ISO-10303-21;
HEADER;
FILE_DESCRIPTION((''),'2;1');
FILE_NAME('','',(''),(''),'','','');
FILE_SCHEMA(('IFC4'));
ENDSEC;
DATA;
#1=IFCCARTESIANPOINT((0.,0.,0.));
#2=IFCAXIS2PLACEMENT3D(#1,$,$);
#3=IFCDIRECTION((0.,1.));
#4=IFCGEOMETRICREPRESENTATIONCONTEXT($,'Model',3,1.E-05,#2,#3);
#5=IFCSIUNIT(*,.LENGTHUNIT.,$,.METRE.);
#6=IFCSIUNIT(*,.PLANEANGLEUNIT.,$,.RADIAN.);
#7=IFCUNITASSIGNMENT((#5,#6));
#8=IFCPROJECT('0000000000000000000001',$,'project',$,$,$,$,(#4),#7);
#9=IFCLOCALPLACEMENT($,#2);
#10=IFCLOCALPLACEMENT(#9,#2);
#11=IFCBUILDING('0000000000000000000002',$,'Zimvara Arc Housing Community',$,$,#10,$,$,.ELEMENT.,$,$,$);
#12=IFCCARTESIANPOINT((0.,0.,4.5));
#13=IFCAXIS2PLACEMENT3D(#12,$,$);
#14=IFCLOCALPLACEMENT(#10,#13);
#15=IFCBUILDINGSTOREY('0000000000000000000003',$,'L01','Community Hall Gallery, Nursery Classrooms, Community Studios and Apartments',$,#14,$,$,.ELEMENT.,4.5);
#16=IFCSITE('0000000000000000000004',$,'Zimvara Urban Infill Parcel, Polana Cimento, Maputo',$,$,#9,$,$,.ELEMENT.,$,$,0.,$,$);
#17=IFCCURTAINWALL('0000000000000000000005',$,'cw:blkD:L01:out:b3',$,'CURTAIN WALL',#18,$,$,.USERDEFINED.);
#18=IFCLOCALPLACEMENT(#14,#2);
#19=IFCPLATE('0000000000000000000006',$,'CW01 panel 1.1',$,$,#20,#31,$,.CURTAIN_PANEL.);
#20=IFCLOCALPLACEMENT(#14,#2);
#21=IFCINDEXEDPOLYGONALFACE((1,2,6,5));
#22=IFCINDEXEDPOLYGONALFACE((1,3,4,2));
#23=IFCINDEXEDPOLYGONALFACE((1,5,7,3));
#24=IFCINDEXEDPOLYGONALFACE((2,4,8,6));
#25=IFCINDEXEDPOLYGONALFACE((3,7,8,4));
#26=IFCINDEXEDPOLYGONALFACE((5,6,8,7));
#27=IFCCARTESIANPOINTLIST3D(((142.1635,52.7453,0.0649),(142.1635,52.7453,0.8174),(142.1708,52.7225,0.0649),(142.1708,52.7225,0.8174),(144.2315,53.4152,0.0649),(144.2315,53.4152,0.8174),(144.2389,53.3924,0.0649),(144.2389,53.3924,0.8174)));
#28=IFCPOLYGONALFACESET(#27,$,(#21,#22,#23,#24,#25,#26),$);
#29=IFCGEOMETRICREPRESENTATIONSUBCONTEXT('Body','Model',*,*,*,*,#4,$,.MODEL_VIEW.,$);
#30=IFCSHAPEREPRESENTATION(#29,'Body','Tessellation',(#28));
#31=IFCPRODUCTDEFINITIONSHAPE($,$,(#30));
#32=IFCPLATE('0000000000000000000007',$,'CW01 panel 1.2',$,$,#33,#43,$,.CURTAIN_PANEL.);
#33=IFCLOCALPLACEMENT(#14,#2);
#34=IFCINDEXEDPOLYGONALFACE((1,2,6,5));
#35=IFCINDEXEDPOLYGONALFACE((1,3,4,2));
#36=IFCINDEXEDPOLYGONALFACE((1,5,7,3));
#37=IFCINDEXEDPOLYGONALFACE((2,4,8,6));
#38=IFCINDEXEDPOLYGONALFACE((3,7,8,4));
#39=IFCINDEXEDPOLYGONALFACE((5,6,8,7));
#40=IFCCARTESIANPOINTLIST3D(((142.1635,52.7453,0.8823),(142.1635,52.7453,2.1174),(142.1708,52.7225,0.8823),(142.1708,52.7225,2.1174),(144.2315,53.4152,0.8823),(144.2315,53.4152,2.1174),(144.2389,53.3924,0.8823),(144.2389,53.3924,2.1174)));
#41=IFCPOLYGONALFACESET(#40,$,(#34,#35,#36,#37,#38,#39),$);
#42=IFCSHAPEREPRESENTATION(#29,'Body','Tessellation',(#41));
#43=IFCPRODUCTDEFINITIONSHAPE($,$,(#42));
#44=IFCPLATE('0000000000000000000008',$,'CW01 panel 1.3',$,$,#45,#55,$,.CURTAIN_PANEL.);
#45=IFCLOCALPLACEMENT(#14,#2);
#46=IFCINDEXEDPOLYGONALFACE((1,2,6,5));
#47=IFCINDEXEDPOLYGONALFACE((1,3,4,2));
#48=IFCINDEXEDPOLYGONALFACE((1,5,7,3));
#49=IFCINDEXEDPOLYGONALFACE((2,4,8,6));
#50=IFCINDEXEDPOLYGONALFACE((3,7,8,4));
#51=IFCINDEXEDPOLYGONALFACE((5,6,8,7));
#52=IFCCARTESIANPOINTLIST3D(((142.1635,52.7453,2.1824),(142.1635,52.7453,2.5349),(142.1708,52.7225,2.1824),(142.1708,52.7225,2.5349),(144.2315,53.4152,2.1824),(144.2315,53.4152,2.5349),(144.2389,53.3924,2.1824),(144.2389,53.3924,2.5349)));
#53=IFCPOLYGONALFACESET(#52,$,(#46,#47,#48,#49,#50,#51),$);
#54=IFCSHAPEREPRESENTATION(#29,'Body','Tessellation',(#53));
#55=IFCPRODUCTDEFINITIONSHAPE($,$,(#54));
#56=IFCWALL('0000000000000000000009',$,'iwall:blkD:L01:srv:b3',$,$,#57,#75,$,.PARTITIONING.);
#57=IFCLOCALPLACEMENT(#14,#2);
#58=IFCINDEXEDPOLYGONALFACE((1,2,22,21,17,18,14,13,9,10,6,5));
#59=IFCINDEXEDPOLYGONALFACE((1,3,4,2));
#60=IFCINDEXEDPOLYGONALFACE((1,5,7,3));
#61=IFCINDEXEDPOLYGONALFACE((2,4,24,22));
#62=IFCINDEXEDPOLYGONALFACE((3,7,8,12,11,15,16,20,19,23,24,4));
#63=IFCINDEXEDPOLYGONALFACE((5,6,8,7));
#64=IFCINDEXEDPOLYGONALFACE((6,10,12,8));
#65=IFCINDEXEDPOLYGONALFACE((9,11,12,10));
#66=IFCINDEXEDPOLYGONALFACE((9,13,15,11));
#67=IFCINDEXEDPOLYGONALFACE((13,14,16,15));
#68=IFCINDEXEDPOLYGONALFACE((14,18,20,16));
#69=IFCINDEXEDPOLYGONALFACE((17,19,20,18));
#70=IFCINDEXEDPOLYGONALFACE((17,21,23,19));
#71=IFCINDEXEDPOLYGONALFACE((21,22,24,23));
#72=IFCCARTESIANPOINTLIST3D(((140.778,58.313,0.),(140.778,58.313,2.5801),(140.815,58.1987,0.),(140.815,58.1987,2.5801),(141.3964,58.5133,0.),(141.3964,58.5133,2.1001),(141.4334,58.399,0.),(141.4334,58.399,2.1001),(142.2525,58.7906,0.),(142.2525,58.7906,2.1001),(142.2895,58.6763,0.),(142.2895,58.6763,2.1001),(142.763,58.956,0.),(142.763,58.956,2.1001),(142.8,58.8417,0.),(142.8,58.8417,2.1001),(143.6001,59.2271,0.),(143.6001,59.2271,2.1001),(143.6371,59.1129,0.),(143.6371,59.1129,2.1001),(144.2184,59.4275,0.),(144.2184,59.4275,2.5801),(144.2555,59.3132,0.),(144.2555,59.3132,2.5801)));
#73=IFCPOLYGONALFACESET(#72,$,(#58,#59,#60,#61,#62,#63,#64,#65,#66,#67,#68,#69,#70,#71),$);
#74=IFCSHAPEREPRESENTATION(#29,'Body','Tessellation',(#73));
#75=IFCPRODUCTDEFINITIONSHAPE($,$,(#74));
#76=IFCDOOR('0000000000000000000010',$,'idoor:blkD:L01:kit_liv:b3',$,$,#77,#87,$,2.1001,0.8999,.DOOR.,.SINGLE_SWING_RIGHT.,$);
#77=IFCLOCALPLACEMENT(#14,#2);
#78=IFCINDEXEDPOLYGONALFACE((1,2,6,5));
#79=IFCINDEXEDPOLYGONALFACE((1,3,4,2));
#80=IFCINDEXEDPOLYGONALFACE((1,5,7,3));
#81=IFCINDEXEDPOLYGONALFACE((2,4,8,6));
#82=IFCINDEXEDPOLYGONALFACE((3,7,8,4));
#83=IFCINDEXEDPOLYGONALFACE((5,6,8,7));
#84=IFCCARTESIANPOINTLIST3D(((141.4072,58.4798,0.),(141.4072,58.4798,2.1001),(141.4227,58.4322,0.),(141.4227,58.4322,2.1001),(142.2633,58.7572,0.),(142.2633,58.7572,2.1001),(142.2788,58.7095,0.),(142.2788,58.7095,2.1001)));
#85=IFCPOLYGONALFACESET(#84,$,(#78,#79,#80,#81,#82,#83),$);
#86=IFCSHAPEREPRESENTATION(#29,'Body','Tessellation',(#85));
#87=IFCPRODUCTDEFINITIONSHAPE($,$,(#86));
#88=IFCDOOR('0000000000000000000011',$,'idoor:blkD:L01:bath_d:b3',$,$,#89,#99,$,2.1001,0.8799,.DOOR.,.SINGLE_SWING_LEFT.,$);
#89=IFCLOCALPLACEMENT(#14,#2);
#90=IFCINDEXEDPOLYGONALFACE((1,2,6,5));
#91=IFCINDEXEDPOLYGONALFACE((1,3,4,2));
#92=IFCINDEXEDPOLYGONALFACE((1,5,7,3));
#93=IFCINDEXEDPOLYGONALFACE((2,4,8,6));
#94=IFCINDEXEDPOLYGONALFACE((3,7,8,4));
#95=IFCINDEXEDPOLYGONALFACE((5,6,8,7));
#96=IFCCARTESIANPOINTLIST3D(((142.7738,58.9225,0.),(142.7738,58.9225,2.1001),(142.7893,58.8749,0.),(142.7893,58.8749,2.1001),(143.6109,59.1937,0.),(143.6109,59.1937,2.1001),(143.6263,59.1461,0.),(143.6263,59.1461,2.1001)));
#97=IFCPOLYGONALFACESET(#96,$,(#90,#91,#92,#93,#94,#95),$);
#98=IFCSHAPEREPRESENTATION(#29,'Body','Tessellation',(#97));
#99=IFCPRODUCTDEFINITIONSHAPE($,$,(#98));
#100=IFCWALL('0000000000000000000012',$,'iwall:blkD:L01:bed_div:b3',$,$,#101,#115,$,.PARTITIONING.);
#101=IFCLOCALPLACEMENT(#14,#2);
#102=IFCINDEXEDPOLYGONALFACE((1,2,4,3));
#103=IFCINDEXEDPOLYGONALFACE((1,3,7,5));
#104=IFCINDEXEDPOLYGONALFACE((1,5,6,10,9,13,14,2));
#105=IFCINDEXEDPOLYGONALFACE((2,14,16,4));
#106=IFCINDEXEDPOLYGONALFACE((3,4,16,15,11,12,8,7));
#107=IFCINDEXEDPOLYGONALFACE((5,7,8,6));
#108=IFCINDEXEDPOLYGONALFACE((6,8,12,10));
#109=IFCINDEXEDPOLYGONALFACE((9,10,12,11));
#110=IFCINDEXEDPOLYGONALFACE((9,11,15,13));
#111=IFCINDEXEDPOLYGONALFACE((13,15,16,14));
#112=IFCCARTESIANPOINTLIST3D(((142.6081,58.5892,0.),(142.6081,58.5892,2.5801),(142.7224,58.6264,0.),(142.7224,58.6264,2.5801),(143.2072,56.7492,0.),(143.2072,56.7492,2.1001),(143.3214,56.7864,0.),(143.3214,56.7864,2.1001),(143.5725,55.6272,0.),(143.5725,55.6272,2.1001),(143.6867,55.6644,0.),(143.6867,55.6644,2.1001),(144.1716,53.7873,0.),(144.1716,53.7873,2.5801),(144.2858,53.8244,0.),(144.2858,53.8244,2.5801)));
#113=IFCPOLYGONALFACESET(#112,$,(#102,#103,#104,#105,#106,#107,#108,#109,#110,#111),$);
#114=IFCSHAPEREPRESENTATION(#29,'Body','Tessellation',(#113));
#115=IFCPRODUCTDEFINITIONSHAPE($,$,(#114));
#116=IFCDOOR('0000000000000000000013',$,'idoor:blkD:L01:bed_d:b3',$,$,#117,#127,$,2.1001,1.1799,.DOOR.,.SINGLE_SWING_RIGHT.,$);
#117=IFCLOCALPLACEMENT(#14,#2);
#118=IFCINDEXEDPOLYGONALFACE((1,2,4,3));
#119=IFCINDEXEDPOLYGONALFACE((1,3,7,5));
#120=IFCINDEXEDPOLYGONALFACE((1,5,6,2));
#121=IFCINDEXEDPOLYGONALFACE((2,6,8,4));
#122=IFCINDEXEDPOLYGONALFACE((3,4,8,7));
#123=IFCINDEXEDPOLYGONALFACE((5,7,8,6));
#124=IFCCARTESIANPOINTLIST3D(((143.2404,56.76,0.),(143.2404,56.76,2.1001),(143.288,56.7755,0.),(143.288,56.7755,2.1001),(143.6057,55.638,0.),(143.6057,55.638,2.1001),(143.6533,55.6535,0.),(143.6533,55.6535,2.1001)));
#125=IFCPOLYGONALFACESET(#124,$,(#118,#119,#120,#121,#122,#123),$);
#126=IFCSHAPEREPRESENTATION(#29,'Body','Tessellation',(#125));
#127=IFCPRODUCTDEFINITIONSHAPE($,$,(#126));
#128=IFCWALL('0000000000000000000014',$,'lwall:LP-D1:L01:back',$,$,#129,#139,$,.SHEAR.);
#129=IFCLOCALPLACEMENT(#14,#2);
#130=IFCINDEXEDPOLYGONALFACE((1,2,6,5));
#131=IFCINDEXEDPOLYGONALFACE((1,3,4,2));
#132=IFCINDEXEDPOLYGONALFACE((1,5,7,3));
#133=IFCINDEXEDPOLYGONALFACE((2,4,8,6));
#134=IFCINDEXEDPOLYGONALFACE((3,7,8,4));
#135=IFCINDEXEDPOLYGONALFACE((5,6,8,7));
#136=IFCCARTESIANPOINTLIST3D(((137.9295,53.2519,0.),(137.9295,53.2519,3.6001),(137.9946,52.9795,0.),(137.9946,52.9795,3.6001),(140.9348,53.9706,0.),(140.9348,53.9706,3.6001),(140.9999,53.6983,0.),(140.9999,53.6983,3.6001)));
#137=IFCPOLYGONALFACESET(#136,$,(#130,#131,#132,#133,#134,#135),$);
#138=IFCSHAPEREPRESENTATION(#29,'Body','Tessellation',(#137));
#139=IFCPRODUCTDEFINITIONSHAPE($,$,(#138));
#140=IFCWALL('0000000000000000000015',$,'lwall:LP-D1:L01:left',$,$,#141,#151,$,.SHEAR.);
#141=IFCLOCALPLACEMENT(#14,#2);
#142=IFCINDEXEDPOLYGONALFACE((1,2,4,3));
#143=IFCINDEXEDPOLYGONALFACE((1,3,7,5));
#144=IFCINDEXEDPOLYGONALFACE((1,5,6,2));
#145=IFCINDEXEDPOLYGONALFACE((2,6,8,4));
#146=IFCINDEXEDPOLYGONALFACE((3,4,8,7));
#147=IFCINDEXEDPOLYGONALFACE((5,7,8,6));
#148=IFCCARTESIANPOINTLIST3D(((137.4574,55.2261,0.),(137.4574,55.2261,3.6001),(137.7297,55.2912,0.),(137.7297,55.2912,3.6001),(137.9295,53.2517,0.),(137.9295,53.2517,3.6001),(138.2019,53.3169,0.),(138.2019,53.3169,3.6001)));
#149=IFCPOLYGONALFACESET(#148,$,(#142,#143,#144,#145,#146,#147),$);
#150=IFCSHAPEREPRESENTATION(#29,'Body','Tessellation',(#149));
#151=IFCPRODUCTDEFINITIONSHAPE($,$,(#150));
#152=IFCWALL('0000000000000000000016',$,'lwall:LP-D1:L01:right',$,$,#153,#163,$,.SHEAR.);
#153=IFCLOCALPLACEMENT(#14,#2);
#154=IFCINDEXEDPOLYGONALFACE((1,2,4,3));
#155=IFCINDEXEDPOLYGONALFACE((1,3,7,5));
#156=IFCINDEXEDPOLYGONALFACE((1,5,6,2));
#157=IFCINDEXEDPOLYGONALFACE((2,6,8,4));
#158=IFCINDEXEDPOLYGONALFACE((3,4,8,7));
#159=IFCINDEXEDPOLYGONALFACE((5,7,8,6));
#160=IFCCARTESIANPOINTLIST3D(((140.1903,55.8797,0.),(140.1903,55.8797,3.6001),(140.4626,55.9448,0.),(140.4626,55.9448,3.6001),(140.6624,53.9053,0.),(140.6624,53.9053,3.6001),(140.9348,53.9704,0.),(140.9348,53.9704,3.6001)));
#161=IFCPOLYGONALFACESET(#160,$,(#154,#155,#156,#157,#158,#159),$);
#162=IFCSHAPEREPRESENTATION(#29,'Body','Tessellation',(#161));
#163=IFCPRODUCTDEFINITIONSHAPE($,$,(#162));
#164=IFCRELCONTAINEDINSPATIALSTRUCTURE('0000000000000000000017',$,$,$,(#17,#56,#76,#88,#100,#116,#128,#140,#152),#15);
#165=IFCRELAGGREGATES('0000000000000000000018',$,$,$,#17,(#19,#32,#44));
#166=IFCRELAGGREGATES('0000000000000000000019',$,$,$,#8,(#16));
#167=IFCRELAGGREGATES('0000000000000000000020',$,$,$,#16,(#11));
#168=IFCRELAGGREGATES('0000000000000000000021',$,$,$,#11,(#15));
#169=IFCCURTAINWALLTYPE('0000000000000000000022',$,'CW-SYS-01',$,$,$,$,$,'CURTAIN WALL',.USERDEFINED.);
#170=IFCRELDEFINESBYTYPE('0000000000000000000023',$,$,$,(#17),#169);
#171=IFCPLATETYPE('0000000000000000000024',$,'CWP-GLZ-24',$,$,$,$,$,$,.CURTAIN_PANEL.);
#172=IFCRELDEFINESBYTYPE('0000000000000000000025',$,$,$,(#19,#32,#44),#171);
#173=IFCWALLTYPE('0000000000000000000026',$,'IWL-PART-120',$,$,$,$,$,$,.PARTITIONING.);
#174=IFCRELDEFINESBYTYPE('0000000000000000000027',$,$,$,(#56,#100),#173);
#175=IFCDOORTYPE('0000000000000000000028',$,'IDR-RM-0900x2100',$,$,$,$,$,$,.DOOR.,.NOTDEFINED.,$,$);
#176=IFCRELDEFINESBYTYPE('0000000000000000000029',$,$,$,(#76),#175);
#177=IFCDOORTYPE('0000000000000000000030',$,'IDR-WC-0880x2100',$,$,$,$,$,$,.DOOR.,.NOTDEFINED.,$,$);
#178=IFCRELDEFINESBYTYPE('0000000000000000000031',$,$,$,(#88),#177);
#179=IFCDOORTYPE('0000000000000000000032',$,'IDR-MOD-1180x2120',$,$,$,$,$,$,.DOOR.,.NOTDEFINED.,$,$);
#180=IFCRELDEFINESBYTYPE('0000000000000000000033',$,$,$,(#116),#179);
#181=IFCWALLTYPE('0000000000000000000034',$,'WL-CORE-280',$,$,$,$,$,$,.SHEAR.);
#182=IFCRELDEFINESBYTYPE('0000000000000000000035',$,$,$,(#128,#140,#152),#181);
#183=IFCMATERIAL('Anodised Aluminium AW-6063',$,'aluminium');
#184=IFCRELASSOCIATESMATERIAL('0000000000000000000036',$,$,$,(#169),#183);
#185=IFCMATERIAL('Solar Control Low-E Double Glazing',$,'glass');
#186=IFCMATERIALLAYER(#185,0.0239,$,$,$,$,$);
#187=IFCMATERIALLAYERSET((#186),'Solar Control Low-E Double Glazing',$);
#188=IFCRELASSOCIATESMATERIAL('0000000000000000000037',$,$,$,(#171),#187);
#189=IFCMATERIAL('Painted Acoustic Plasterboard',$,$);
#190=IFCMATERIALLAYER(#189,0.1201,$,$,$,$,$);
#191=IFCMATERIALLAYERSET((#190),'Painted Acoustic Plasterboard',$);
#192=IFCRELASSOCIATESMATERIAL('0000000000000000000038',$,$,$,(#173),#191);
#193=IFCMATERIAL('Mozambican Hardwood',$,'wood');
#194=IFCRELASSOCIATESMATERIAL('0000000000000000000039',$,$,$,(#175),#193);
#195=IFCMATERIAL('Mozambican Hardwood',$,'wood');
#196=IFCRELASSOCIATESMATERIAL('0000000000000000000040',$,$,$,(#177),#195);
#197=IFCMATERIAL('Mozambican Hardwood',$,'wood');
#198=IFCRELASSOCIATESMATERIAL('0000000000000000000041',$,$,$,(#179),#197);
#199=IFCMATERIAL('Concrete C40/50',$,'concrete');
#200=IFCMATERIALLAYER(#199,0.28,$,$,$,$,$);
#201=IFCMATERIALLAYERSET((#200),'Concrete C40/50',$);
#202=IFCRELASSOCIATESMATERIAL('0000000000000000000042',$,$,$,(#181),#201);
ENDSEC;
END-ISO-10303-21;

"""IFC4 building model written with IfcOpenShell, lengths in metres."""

from ifc_helpers import new_model, si_unit, direction, frame, frame_2d, origin, origin_2d, place, context, subcontext, project, spatial, rectangle, extrude, material, layer, layer_set, type_object, element, fill, aggregate, save


model = new_model("IFC4")

# Units and contexts
model_context = context("Model", 3, precision=1e-05, world=origin(), true_north=direction((0.0, 1.0)))
body_context = subcontext(model_context, "Body", "Model", "MODEL_VIEW")
ifc_project = project(units=[si_unit("LENGTHUNIT", "METRE"), si_unit("PLANEANGLEUNIT", "RADIAN")], contexts=[model_context])

# Site, building, storey
site_placement = place(None, origin())
site = spatial("IfcSite", under=ifc_project, at=site_placement, Name="Zimvara Urban Infill Parcel, Polana Cimento, Maputo", CompositionType="ELEMENT", RefElevation=0.0)
building_placement = place(site_placement, origin())
building = spatial("IfcBuilding", under=site, at=building_placement, Name="Zimvara Arc Housing Community", CompositionType="ELEMENT")
storey_placement = place(building_placement, frame((0.0, 0.0, 4.5)))
storey = spatial("IfcBuildingStorey", under=building, at=storey_placement, Name="L01", Description="Community Hall Gallery, Nursery Classrooms, Community Studios and Apartments", CompositionType="ELEMENT", Elevation=4.5)

# Curtain wall, plates
ifc_material_1 = material(Name="Anodised Aluminium AW-6063", Category="aluminium")
curtain_wall_type = type_object("IfcCurtainWallType", Name="CW-SYS-01", ElementType="CURTAIN WALL", PredefinedType="USERDEFINED", material=ifc_material_1)
curtain_wall_placement = place(storey_placement, origin())
curtain_wall = element("IfcCurtainWall", 1, at=curtain_wall_placement, inside=storey, type_object=curtain_wall_type, Name="cw:blkD:L01:out:b3", ObjectType="CURTAIN WALL", PredefinedType="USERDEFINED")
ifc_material_2 = material(Name="Solar Control Low-E Double Glazing", Category="glass")
ifc_layer_1 = layer(ifc_material_2, 0.0239)
ifc_layer_set_1 = layer_set([ifc_layer_1], Name="Solar Control Low-E Double Glazing")
plate_type = type_object("IfcPlateType", Name="CWP-GLZ-24", PredefinedType="CURTAIN_PANEL", material=ifc_layer_set_1)
plate_1_placement = place(storey_placement, frame((143.2012, 53.0688, 0.0649), z_axis=(0.0, 0.0, 1.0), x_axis=(0.951326, 0.308185, 0.0)))
plate_1 = element("IfcPlate", 2, at=plate_1_placement, type_object=plate_type, Name="CW01 panel 1.1", PredefinedType="CURTAIN_PANEL", context=body_context, shape_type="SweptSolid", body=[
    extrude(rectangle(XDim=2.1738, YDim=0.0239, at=origin_2d()), origin(), (0.0, 0.0, 1.0), 0.7524),
])
plate_2_placement = place(storey_placement, frame((143.2012, 53.0688, 0.8823), z_axis=(0.0, 0.0, 1.0), x_axis=(0.951326, 0.308185, 0.0)))
plate_2 = element("IfcPlate", 3, at=plate_2_placement, type_object=plate_type, Name="CW01 panel 1.2", PredefinedType="CURTAIN_PANEL", context=body_context, shape_type="SweptSolid", body=[
    extrude(rectangle(XDim=2.1738, YDim=0.0239, at=origin_2d()), origin(), (0.0, 0.0, 1.0), 1.2351),
])
plate_3_placement = place(storey_placement, frame((143.2012, 53.0688, 2.1824), z_axis=(0.0, 0.0, 1.0), x_axis=(0.951326, 0.308185, 0.0)))
plate_3 = element("IfcPlate", 4, at=plate_3_placement, type_object=plate_type, Name="CW01 panel 1.3", PredefinedType="CURTAIN_PANEL", context=body_context, shape_type="SweptSolid", body=[
    extrude(rectangle(XDim=2.1738, YDim=0.0239, at=origin_2d()), origin(), (0.0, 0.0, 1.0), 0.3525),
])
aggregate(curtain_wall, [plate_1, plate_2, plate_3])

# Wall, openings, doors
ifc_material_3 = material(Name="Painted Acoustic Plasterboard")
ifc_layer_2 = layer(ifc_material_3, 0.1201)
ifc_layer_set_2 = layer_set([ifc_layer_2], Name="Painted Acoustic Plasterboard")
wall_type_1 = type_object("IfcWallType", Name="IWL-PART-120", PredefinedType="PARTITIONING", material=ifc_layer_set_2)
wall_1_placement = place(storey_placement, frame((140.7966, 58.2559, 0.0), z_axis=(0.0, 0.0, 1.0), x_axis=(0.951329, 0.308176, 0.0)))
wall_1 = element("IfcWall", 5, at=wall_1_placement, inside=storey, type_object=wall_type_1, Name="iwall:blkD:L01:srv:b3", PredefinedType="PARTITIONING", context=body_context, shape_type="SweptSolid", body=[
    extrude(rectangle(XDim=3.6165, YDim=0.1201, at=frame_2d((1.8081, 0.0))), origin(), (0.0, 0.0, 1.0), 2.5801),
])
opening_1_placement = place(wall_1_placement, frame((0.6499, 0.0, 0.0)))
opening_1 = element("IfcOpeningElement", 6, at=opening_1_placement, cuts=wall_1, PredefinedType="OPENING", context=body_context, shape_type="SweptSolid", body=[
    extrude(rectangle(XDim=0.8999, YDim=2.1001, at=frame_2d((0.45, 1.05))), frame((0.0, 0.0701, 0.0), z_axis=(0.0, -1.0, 0.0), x_axis=(1.0, 0.0, 0.0)), (0.0, 0.0, 1.0), 0.1401),
])
opening_2_placement = place(wall_1_placement, frame((2.0864, 0.0, 0.0)))
opening_2 = element("IfcOpeningElement", 7, at=opening_2_placement, cuts=wall_1, PredefinedType="OPENING", context=body_context, shape_type="SweptSolid", body=[
    extrude(rectangle(XDim=0.8799, YDim=2.1001, at=frame_2d((0.4399, 1.05))), frame((0.0, 0.0701, 0.0), z_axis=(0.0, -1.0, 0.0), x_axis=(1.0, 0.0, 0.0)), (0.0, 0.0, 1.0), 0.1401),
])
ifc_material_4 = material(Name="Mozambican Hardwood", Category="wood")
door_type_1 = type_object("IfcDoorType", Name="IDR-RM-0900x2100", OperationType="NOTDEFINED", PredefinedType="DOOR", material=ifc_material_4)
door_1_placement = place(opening_1_placement, origin())
door_1 = element("IfcDoor", 8, at=door_1_placement, inside=storey, type_object=door_type_1, Name="idoor:blkD:L01:kit_liv:b3", OperationType="SINGLE_SWING_RIGHT", OverallHeight=2.1001, OverallWidth=0.8999, PredefinedType="DOOR", context=body_context, shape_type="SweptSolid", body=[
    extrude(rectangle(XDim=0.8999, YDim=2.1001, at=frame_2d((0.45, 1.05))), frame((0.0, 0.0249, 0.0), z_axis=(0.0, -1.0, 0.0), x_axis=(1.0, 0.0, 0.0)), (0.0, 0.0, 1.0), 0.05),
])
fill(opening_1, door_1)
ifc_material_5 = material(Name="Mozambican Hardwood", Category="wood")
door_type_2 = type_object("IfcDoorType", Name="IDR-WC-0880x2100", OperationType="NOTDEFINED", PredefinedType="DOOR", material=ifc_material_5)
door_2_placement = place(opening_2_placement, origin())
door_2 = element("IfcDoor", 9, at=door_2_placement, inside=storey, type_object=door_type_2, Name="idoor:blkD:L01:bath_d:b3", OperationType="SINGLE_SWING_LEFT", OverallHeight=2.1001, OverallWidth=0.8799, PredefinedType="DOOR", context=body_context, shape_type="SweptSolid", body=[
    extrude(rectangle(XDim=0.8799, YDim=2.1001, at=frame_2d((0.4399, 1.05))), frame((0.0, 0.0249, 0.0), z_axis=(0.0, -1.0, 0.0), x_axis=(1.0, 0.0, 0.0)), (0.0, 0.0, 1.0), 0.05),
])
fill(opening_2, door_2)

# Wall, opening, door
wall_2_placement = place(storey_placement, frame((142.6653, 58.6077, 0.0), z_axis=(0.0, 0.0, 1.0), x_axis=(0.309592, -0.950869, 0.0)))
wall_2 = element("IfcWall", 10, at=wall_2_placement, inside=storey, type_object=wall_type_1, Name="iwall:blkD:L01:bed_div:b3", PredefinedType="PARTITIONING", context=body_context, shape_type="SweptSolid", body=[
    extrude(rectangle(XDim=5.05, YDim=0.1201, at=frame_2d((2.5249, 0.0))), origin(), (0.0, 0.0, 1.0), 2.5801),
])
opening_3_placement = place(wall_2_placement, frame((1.9351, 0.0, 0.0)))
opening_3 = element("IfcOpeningElement", 11, at=opening_3_placement, cuts=wall_2, PredefinedType="OPENING", context=body_context, shape_type="SweptSolid", body=[
    extrude(rectangle(XDim=1.1799, YDim=2.1001, at=frame_2d((0.5898, 1.05))), frame((0.0, 0.0701, 0.0), z_axis=(0.0, -1.0, 0.0), x_axis=(1.0, 0.0, 0.0)), (0.0, 0.0, 1.0), 0.1401),
])
ifc_material_6 = material(Name="Mozambican Hardwood", Category="wood")
door_type_3 = type_object("IfcDoorType", Name="IDR-MOD-1180x2120", OperationType="NOTDEFINED", PredefinedType="DOOR", material=ifc_material_6)
door_3_placement = place(opening_3_placement, origin())
door_3 = element("IfcDoor", 12, at=door_3_placement, inside=storey, type_object=door_type_3, Name="idoor:blkD:L01:bed_d:b3", OperationType="SINGLE_SWING_RIGHT", OverallHeight=2.1001, OverallWidth=1.1799, PredefinedType="DOOR", context=body_context, shape_type="SweptSolid", body=[
    extrude(rectangle(XDim=1.1799, YDim=2.1001, at=frame_2d((0.5898, 1.05))), frame((0.0, 0.0249, 0.0), z_axis=(0.0, -1.0, 0.0), x_axis=(1.0, 0.0, 0.0)), (0.0, 0.0, 1.0), 0.05),
])
fill(opening_3, door_3)

# Walls
ifc_material_7 = material(Name="Concrete C40/50", Category="concrete")
ifc_layer_3 = layer(ifc_material_7, 0.28)
ifc_layer_set_3 = layer_set([ifc_layer_3], Name="Concrete C40/50")
wall_type_2 = type_object("IfcWallType", Name="WL-CORE-280", PredefinedType="SHEAR", material=ifc_layer_set_3)
wall_3_placement = place(storey_placement, frame((137.9622, 53.1157, 0.0), z_axis=(0.0, 0.0, 1.0), x_axis=(0.972573, 0.232596, 0.0)))
element("IfcWall", 13, at=wall_3_placement, inside=storey, type_object=wall_type_2, Name="lwall:LP-D1:L01:back", PredefinedType="SHEAR", context=body_context, shape_type="SweptSolid", body=[
    extrude(rectangle(XDim=3.0901, YDim=0.28, at=frame_2d((1.5449, 0.0))), origin(), (0.0, 0.0, 1.0), 3.6001),
])
for number, where, z_axis, x_axis, name in (
    (14, (137.5935, 55.2588, 0.0), (0.0, 0.0, 1.0), (0.232591, -0.972575, 0.0), "lwall:LP-D1:L01:left"),
    (15, (140.3264, 55.9124, 0.0), (0.0, 0.0, 1.0), (0.232591, -0.972575, 0.0), "lwall:LP-D1:L01:right"),
):
    element("IfcWall", number, at=place(storey_placement, frame(where, z_axis=z_axis, x_axis=x_axis)), inside=storey, type_object=wall_type_2, Name=name, PredefinedType="SHEAR", context=body_context, shape_type="SweptSolid", body=[
        extrude(rectangle(XDim=2.03, YDim=0.28, at=frame_2d((1.0151, 0.0))), origin(), (0.0, 0.0, 1.0), 3.6001),
    ])

save(model, "model.ifc")
